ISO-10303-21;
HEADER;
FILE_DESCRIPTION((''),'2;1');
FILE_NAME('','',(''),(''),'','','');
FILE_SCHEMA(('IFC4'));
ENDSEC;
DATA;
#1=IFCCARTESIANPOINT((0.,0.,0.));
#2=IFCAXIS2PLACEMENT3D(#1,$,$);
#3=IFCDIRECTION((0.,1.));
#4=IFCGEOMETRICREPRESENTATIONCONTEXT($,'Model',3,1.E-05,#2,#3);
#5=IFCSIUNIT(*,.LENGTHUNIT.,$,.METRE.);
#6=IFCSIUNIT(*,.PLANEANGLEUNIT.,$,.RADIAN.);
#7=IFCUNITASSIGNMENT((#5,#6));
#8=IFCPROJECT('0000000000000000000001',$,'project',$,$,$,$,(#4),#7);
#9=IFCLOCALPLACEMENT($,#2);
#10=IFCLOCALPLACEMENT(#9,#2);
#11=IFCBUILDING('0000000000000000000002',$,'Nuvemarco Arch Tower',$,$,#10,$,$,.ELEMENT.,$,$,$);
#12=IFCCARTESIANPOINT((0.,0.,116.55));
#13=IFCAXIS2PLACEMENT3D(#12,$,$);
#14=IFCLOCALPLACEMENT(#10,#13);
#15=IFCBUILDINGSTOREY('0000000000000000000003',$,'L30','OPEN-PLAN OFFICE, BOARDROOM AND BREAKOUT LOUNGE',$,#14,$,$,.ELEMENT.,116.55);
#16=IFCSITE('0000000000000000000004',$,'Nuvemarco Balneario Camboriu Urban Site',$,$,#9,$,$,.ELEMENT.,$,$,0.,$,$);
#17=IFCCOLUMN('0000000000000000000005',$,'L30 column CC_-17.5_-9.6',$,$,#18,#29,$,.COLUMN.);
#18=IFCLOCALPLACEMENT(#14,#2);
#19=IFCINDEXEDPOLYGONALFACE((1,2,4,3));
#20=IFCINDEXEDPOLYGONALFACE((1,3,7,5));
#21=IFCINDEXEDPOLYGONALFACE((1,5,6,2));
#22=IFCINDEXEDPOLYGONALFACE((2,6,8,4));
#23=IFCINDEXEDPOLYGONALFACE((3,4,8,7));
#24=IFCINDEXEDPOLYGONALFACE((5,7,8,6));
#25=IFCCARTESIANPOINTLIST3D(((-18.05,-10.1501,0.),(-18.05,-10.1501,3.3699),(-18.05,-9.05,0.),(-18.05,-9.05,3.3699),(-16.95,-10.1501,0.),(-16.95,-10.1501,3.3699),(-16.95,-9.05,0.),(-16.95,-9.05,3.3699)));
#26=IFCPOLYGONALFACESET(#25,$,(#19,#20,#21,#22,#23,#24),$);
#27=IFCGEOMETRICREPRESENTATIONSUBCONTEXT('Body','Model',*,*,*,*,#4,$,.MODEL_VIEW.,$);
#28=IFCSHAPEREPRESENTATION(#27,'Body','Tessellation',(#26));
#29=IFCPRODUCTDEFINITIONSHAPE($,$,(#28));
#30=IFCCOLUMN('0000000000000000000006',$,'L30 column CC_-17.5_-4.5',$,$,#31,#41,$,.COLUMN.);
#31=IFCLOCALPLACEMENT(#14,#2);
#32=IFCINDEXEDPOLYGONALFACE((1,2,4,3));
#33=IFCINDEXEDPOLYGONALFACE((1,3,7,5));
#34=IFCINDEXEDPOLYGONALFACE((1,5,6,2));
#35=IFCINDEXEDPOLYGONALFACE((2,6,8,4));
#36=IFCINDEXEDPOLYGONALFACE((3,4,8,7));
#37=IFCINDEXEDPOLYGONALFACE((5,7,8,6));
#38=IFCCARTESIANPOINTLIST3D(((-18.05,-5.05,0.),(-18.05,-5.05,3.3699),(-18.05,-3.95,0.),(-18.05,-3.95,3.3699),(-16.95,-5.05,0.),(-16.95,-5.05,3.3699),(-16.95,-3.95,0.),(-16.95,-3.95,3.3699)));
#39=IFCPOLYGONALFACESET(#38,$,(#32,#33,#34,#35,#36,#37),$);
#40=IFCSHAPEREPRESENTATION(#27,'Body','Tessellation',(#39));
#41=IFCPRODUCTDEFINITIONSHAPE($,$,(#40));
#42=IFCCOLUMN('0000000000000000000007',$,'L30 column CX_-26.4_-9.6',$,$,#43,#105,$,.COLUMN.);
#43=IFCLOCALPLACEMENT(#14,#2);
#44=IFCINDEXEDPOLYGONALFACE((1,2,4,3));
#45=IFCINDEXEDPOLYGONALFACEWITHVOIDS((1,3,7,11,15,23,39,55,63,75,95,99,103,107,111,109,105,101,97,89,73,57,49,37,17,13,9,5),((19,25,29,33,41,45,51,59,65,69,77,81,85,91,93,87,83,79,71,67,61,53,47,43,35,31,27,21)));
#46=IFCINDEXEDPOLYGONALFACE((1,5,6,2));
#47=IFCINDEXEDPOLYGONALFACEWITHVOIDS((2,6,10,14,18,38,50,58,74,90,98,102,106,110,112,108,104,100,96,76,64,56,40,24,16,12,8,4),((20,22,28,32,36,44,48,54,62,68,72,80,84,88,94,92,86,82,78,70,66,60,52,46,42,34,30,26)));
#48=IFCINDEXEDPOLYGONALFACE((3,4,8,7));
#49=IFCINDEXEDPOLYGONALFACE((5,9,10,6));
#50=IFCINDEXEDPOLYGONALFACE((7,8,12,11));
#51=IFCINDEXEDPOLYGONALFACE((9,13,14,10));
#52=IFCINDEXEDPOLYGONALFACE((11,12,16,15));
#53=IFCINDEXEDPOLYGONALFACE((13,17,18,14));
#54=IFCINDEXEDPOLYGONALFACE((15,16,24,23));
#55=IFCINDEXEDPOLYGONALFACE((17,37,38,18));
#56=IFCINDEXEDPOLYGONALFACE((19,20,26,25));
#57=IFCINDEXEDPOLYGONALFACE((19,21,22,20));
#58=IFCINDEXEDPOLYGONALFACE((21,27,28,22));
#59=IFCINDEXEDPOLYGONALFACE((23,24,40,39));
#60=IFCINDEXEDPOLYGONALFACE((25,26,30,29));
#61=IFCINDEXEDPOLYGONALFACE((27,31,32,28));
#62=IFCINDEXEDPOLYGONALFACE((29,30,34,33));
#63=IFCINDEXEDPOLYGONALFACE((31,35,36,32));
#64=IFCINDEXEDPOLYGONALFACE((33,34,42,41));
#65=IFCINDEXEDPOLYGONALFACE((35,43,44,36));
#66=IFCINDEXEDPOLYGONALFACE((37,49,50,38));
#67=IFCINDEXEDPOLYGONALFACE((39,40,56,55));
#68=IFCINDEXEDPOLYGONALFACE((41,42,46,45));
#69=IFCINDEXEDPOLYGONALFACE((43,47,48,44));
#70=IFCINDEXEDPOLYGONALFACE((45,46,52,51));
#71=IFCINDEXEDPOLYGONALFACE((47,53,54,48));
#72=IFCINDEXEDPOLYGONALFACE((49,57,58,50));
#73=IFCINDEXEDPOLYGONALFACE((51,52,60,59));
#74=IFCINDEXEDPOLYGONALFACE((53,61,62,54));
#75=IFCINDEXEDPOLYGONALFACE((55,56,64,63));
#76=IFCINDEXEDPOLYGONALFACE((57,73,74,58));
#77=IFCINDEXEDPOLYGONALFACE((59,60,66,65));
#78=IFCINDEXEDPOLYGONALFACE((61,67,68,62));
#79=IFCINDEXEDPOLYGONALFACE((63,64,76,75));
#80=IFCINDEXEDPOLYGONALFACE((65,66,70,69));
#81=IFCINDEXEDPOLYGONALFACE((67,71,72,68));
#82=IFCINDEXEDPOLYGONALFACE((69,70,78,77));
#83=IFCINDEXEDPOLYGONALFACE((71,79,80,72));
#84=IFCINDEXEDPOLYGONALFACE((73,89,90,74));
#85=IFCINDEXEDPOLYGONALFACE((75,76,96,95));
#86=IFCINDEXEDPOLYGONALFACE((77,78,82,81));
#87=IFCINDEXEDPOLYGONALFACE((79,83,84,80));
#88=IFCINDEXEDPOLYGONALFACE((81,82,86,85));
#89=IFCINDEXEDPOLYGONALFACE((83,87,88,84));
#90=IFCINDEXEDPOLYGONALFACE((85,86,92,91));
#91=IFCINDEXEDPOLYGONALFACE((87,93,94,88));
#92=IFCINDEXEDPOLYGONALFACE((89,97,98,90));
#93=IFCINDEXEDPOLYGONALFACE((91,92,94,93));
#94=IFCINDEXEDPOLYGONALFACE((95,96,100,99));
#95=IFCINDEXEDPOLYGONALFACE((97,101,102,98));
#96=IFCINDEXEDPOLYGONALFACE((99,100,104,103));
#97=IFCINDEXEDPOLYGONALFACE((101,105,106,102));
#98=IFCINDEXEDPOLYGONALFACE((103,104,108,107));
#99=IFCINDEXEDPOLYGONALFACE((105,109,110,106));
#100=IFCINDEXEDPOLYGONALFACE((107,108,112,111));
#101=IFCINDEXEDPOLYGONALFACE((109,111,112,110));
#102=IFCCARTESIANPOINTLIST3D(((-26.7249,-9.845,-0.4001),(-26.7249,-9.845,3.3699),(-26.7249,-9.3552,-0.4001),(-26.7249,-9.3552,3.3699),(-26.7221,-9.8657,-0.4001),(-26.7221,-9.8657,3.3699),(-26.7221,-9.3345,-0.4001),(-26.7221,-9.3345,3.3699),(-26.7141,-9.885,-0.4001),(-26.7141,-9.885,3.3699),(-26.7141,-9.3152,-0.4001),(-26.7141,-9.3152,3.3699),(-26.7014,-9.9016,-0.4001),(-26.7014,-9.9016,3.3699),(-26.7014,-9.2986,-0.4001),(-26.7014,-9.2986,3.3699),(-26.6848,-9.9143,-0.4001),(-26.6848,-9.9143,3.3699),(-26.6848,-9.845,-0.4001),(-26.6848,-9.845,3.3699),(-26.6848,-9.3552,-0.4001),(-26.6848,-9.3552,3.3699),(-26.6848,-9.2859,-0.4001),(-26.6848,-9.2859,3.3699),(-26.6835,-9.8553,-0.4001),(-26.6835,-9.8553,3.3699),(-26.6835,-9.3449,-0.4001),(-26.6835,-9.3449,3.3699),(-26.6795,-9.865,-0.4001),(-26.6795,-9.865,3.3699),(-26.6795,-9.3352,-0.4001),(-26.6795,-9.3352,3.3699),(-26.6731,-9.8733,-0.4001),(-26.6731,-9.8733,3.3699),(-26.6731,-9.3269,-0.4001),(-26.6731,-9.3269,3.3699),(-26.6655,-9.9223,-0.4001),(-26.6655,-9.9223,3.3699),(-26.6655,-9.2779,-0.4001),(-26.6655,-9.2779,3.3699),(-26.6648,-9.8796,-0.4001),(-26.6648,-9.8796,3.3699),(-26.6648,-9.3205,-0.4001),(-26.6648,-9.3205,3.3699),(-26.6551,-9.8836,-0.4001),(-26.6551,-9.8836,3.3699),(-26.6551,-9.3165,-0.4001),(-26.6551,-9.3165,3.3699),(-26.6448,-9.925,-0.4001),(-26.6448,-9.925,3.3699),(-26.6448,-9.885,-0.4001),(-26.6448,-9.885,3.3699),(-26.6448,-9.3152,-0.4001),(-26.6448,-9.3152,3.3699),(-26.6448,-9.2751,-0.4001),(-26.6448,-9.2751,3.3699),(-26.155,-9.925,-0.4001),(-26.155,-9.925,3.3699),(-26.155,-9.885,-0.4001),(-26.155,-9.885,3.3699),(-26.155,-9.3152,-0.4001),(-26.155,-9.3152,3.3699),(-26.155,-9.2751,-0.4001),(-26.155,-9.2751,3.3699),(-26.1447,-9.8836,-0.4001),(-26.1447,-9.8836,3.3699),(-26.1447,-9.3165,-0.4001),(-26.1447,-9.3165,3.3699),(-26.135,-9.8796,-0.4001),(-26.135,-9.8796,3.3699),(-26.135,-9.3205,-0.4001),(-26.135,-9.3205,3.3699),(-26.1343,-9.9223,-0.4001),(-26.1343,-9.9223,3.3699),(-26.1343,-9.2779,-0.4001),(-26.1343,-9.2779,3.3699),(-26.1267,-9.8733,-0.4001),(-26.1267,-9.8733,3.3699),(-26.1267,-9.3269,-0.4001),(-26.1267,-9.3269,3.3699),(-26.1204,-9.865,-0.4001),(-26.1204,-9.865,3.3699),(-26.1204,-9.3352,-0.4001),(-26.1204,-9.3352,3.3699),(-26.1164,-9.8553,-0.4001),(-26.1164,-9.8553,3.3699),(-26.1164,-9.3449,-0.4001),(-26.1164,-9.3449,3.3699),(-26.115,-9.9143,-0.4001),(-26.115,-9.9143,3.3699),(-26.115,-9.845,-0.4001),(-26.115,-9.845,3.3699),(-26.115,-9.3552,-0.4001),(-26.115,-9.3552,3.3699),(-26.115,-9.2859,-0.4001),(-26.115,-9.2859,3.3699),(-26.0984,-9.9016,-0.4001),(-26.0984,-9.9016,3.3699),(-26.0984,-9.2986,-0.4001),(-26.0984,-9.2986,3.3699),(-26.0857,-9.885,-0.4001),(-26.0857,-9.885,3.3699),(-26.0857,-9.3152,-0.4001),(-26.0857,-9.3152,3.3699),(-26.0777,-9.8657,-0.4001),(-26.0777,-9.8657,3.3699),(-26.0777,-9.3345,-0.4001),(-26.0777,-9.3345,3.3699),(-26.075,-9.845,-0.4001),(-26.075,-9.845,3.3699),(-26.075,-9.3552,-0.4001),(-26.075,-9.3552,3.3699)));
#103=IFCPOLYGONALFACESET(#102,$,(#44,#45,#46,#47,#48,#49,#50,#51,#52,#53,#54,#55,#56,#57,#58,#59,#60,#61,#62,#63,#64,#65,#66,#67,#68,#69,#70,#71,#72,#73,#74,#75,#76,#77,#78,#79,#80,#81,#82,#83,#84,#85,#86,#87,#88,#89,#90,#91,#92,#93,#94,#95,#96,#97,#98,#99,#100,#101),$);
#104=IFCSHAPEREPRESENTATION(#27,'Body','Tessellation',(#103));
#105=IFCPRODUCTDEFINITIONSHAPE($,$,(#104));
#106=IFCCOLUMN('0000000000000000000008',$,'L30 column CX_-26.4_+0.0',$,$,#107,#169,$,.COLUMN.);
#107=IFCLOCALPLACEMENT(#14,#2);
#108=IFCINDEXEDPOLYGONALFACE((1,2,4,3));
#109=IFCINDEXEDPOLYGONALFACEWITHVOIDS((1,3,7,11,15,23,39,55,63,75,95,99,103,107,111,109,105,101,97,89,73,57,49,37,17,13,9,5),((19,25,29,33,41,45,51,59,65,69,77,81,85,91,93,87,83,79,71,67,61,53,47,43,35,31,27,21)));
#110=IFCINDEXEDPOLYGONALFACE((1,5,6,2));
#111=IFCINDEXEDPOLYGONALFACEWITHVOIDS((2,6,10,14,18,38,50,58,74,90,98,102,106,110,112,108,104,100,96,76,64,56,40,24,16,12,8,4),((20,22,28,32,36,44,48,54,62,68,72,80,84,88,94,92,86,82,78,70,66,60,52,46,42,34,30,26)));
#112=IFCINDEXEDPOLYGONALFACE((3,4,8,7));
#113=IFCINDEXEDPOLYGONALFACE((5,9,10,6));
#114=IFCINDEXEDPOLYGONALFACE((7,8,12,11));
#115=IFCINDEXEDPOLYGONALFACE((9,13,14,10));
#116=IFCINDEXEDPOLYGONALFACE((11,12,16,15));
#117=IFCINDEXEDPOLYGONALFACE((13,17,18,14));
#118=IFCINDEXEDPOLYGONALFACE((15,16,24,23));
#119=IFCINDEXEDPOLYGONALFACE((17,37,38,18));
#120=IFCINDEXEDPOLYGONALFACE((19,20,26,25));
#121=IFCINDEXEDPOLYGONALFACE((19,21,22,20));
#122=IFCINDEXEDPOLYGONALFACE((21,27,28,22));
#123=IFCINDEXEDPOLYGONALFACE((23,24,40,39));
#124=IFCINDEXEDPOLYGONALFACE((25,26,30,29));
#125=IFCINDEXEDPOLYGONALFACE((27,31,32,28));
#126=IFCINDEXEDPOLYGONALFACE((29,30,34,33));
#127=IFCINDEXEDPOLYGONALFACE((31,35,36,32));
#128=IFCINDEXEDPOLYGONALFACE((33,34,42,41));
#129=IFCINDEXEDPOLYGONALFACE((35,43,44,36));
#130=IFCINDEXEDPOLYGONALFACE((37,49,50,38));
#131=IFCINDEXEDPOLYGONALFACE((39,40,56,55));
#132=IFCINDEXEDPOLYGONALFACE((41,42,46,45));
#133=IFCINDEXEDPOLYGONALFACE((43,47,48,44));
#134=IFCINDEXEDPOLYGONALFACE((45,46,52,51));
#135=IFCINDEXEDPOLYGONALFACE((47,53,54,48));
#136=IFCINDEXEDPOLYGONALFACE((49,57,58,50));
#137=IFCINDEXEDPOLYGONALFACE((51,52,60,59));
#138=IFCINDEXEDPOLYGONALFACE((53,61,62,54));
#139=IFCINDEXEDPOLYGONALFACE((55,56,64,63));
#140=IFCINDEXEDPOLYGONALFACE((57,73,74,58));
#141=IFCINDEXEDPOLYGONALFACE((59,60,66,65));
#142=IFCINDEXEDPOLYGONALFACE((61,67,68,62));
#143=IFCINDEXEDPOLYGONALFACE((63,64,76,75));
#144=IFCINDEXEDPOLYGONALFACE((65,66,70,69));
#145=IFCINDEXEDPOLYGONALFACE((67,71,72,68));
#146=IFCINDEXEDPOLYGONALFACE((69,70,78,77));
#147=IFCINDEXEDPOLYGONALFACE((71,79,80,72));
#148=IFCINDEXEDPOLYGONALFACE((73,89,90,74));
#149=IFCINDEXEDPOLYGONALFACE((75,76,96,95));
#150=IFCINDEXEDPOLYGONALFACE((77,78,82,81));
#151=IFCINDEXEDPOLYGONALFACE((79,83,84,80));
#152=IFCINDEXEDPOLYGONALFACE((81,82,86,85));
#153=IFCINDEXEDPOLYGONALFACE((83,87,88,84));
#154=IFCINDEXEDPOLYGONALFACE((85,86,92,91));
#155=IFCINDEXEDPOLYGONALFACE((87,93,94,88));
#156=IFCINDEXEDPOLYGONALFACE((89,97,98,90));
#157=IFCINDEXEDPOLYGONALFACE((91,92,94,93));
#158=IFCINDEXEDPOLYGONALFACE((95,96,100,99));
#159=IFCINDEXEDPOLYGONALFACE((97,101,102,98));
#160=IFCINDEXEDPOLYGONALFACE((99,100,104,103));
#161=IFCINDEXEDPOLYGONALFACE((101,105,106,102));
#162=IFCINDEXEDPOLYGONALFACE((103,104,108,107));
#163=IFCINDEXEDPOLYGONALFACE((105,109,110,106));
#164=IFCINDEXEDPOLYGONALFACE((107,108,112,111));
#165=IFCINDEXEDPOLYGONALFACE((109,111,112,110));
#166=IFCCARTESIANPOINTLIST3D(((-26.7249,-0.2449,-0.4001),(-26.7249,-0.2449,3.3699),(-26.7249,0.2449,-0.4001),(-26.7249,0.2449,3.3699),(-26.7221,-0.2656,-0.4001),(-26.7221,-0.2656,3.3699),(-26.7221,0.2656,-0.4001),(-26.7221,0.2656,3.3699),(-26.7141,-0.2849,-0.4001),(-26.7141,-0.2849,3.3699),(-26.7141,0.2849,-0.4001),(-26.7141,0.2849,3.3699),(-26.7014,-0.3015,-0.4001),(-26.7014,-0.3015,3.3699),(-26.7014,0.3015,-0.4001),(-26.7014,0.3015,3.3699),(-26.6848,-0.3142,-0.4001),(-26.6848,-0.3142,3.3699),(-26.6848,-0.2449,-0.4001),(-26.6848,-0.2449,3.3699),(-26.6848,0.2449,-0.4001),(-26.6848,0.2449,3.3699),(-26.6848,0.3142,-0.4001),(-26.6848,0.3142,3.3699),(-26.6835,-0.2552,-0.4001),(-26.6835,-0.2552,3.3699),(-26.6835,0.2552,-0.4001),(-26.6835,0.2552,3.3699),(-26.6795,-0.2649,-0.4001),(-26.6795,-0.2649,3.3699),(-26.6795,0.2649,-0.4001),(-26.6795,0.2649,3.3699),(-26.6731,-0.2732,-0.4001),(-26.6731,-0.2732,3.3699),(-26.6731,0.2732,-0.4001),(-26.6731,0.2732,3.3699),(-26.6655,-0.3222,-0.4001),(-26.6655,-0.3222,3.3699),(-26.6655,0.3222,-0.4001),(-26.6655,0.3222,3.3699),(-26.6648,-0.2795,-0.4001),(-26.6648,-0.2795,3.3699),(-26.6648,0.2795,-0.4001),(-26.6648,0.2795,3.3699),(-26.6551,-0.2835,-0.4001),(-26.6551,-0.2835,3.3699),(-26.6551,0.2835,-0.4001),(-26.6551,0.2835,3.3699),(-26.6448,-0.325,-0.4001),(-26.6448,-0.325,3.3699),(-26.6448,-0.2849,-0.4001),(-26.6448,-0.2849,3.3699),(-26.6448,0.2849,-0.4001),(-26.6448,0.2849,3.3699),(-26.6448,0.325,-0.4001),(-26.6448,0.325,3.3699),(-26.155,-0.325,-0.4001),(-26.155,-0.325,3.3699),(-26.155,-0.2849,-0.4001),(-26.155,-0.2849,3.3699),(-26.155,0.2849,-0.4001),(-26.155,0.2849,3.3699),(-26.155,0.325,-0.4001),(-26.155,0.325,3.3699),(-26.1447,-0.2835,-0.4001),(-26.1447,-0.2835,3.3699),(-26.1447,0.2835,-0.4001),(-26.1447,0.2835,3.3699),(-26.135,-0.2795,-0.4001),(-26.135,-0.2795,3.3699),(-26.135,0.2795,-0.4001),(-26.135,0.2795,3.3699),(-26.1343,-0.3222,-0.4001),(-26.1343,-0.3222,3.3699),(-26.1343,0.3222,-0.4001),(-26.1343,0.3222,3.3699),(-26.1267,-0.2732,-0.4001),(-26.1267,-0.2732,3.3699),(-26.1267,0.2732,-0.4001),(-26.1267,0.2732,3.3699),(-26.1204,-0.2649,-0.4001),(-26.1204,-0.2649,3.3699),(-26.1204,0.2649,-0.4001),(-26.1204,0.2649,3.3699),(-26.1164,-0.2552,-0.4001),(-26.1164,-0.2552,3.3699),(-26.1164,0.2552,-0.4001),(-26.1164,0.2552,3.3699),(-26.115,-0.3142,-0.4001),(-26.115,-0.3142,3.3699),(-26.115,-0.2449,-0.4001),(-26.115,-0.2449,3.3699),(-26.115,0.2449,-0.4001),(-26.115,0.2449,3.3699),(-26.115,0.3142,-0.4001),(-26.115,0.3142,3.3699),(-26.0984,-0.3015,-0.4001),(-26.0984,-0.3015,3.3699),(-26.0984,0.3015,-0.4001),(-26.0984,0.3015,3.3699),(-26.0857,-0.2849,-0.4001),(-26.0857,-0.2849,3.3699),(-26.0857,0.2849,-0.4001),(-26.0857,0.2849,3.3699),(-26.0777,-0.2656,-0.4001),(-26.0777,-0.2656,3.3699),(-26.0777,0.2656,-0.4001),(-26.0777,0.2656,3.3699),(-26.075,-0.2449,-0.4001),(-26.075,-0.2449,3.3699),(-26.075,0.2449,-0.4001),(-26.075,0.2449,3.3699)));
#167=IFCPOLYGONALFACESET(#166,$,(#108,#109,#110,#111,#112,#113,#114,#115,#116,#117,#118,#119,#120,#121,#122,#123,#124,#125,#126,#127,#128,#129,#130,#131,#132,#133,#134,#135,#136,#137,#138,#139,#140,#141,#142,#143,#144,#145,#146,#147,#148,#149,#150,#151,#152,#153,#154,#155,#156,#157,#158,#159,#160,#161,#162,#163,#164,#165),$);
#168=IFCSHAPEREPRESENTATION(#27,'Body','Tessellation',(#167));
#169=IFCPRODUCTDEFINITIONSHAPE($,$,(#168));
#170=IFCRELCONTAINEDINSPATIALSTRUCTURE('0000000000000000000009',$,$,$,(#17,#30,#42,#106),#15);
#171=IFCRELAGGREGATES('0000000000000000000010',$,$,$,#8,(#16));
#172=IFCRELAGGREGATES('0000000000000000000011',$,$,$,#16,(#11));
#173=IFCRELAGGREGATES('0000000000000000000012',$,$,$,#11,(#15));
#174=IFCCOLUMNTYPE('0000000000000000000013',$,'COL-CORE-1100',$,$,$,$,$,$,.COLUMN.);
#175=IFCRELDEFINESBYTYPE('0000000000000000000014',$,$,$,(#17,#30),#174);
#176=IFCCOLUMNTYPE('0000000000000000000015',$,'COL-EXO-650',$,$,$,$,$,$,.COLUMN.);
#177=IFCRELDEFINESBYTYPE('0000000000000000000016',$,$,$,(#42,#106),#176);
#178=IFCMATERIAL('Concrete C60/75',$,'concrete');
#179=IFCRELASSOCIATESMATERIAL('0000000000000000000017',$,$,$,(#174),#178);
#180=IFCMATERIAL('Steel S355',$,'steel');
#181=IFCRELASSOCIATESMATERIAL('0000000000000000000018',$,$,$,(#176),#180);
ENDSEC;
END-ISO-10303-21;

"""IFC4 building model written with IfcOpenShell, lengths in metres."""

from ifc_helpers import new_model, si_unit, direction, frame, origin, origin_2d, place, context, subcontext, project, spatial, rectangle, hollow_rectangle, extrude, material, material_profile, profile_set, type_object, element, save


model = new_model("IFC4")

# Units and contexts
model_context = context("Model", 3, precision=1e-05, world=origin(), true_north=direction((0.0, 1.0)))
body_context = subcontext(model_context, "Body", "Model", "MODEL_VIEW")
ifc_project = project(units=[si_unit("LENGTHUNIT", "METRE"), si_unit("PLANEANGLEUNIT", "RADIAN")], contexts=[model_context])

# Site, building, storey
site_placement = place(None, origin())
site = spatial("IfcSite", under=ifc_project, at=site_placement, Name="Nuvemarco Balneario Camboriu Urban Site", CompositionType="ELEMENT", RefElevation=0.0)
building_placement = place(site_placement, origin())
building = spatial("IfcBuilding", under=site, at=building_placement, Name="Nuvemarco Arch Tower", CompositionType="ELEMENT")
storey_placement = place(building_placement, frame((0.0, 0.0, 116.55)))
storey = spatial("IfcBuildingStorey", under=building, at=storey_placement, Name="L30", Description="OPEN-PLAN OFFICE, BOARDROOM AND BREAKOUT LOUNGE", CompositionType="ELEMENT", Elevation=116.55)

# Columns
ifc_material_1 = material(Name="Concrete C60/75", Category="concrete")
ifc_material_profile_1 = material_profile(ifc_material_1, rectangle(XDim=1.1001, YDim=1.1001, at=origin_2d()), Name="RC-COL-1100x1100")
ifc_profile_set_1 = profile_set([ifc_material_profile_1], Name="Concrete C60/75")
column_type_1 = type_object("IfcColumnType", Name="COL-CORE-1100", PredefinedType="COLUMN", material=ifc_profile_set_1)
for number, where, z_axis, x_axis, name in (
    (1, (-17.5, -9.6001, 0.0), (0.0, 0.0, 1.0), (1.0, 0.0, 0.0), "L30 column CC_-17.5_-9.6"),
    (2, (-17.5, -4.5, 0.0), (0.0, 0.0, 1.0), (1.0, 0.0, 0.0), "L30 column CC_-17.5_-4.5"),
):
    element("IfcColumn", number, at=place(storey_placement, frame(where, z_axis=z_axis, x_axis=x_axis)), inside=storey, type_object=column_type_1, Name=name, PredefinedType="COLUMN", context=body_context, shape_type="SweptSolid", body=[
        extrude(rectangle(XDim=1.1001, YDim=1.1001, at=origin_2d()), origin(), (0.0, 0.0, 1.0), 3.3699),
    ])
ifc_material_2 = material(Name="Steel S355", Category="steel")
ifc_material_profile_2 = material_profile(ifc_material_2, hollow_rectangle(XDim=0.6499, YDim=0.6499, WallThickness=0.04, InnerFilletRadius=0.04, OuterFilletRadius=0.0801, at=origin_2d()), Name="SHS650x650x40")
ifc_profile_set_2 = profile_set([ifc_material_profile_2], Name="Steel S355")
column_type_2 = type_object("IfcColumnType", Name="COL-EXO-650", PredefinedType="COLUMN", material=ifc_profile_set_2)
for number, where, z_axis, x_axis, name in (
    (3, (-26.3999, -9.6001, -0.4001), (0.0, 0.0, 1.0), (1.0, 0.0, 0.0), "L30 column CX_-26.4_-9.6"),
    (4, (-26.3999, 0.0, -0.4001), (0.0, 0.0, 1.0), (1.0, 0.0, 0.0), "L30 column CX_-26.4_+0.0"),
):
    element("IfcColumn", number, at=place(storey_placement, frame(where, z_axis=z_axis, x_axis=x_axis)), inside=storey, type_object=column_type_2, Name=name, PredefinedType="COLUMN", context=body_context, shape_type="SweptSolid", body=[
        extrude(hollow_rectangle(XDim=0.6499, YDim=0.6499, WallThickness=0.04, InnerFilletRadius=0.04, OuterFilletRadius=0.0801, at=origin_2d()), origin(), (0.0, 0.0, 1.0), 3.77),
    ])

save(model, "model.ifc")
